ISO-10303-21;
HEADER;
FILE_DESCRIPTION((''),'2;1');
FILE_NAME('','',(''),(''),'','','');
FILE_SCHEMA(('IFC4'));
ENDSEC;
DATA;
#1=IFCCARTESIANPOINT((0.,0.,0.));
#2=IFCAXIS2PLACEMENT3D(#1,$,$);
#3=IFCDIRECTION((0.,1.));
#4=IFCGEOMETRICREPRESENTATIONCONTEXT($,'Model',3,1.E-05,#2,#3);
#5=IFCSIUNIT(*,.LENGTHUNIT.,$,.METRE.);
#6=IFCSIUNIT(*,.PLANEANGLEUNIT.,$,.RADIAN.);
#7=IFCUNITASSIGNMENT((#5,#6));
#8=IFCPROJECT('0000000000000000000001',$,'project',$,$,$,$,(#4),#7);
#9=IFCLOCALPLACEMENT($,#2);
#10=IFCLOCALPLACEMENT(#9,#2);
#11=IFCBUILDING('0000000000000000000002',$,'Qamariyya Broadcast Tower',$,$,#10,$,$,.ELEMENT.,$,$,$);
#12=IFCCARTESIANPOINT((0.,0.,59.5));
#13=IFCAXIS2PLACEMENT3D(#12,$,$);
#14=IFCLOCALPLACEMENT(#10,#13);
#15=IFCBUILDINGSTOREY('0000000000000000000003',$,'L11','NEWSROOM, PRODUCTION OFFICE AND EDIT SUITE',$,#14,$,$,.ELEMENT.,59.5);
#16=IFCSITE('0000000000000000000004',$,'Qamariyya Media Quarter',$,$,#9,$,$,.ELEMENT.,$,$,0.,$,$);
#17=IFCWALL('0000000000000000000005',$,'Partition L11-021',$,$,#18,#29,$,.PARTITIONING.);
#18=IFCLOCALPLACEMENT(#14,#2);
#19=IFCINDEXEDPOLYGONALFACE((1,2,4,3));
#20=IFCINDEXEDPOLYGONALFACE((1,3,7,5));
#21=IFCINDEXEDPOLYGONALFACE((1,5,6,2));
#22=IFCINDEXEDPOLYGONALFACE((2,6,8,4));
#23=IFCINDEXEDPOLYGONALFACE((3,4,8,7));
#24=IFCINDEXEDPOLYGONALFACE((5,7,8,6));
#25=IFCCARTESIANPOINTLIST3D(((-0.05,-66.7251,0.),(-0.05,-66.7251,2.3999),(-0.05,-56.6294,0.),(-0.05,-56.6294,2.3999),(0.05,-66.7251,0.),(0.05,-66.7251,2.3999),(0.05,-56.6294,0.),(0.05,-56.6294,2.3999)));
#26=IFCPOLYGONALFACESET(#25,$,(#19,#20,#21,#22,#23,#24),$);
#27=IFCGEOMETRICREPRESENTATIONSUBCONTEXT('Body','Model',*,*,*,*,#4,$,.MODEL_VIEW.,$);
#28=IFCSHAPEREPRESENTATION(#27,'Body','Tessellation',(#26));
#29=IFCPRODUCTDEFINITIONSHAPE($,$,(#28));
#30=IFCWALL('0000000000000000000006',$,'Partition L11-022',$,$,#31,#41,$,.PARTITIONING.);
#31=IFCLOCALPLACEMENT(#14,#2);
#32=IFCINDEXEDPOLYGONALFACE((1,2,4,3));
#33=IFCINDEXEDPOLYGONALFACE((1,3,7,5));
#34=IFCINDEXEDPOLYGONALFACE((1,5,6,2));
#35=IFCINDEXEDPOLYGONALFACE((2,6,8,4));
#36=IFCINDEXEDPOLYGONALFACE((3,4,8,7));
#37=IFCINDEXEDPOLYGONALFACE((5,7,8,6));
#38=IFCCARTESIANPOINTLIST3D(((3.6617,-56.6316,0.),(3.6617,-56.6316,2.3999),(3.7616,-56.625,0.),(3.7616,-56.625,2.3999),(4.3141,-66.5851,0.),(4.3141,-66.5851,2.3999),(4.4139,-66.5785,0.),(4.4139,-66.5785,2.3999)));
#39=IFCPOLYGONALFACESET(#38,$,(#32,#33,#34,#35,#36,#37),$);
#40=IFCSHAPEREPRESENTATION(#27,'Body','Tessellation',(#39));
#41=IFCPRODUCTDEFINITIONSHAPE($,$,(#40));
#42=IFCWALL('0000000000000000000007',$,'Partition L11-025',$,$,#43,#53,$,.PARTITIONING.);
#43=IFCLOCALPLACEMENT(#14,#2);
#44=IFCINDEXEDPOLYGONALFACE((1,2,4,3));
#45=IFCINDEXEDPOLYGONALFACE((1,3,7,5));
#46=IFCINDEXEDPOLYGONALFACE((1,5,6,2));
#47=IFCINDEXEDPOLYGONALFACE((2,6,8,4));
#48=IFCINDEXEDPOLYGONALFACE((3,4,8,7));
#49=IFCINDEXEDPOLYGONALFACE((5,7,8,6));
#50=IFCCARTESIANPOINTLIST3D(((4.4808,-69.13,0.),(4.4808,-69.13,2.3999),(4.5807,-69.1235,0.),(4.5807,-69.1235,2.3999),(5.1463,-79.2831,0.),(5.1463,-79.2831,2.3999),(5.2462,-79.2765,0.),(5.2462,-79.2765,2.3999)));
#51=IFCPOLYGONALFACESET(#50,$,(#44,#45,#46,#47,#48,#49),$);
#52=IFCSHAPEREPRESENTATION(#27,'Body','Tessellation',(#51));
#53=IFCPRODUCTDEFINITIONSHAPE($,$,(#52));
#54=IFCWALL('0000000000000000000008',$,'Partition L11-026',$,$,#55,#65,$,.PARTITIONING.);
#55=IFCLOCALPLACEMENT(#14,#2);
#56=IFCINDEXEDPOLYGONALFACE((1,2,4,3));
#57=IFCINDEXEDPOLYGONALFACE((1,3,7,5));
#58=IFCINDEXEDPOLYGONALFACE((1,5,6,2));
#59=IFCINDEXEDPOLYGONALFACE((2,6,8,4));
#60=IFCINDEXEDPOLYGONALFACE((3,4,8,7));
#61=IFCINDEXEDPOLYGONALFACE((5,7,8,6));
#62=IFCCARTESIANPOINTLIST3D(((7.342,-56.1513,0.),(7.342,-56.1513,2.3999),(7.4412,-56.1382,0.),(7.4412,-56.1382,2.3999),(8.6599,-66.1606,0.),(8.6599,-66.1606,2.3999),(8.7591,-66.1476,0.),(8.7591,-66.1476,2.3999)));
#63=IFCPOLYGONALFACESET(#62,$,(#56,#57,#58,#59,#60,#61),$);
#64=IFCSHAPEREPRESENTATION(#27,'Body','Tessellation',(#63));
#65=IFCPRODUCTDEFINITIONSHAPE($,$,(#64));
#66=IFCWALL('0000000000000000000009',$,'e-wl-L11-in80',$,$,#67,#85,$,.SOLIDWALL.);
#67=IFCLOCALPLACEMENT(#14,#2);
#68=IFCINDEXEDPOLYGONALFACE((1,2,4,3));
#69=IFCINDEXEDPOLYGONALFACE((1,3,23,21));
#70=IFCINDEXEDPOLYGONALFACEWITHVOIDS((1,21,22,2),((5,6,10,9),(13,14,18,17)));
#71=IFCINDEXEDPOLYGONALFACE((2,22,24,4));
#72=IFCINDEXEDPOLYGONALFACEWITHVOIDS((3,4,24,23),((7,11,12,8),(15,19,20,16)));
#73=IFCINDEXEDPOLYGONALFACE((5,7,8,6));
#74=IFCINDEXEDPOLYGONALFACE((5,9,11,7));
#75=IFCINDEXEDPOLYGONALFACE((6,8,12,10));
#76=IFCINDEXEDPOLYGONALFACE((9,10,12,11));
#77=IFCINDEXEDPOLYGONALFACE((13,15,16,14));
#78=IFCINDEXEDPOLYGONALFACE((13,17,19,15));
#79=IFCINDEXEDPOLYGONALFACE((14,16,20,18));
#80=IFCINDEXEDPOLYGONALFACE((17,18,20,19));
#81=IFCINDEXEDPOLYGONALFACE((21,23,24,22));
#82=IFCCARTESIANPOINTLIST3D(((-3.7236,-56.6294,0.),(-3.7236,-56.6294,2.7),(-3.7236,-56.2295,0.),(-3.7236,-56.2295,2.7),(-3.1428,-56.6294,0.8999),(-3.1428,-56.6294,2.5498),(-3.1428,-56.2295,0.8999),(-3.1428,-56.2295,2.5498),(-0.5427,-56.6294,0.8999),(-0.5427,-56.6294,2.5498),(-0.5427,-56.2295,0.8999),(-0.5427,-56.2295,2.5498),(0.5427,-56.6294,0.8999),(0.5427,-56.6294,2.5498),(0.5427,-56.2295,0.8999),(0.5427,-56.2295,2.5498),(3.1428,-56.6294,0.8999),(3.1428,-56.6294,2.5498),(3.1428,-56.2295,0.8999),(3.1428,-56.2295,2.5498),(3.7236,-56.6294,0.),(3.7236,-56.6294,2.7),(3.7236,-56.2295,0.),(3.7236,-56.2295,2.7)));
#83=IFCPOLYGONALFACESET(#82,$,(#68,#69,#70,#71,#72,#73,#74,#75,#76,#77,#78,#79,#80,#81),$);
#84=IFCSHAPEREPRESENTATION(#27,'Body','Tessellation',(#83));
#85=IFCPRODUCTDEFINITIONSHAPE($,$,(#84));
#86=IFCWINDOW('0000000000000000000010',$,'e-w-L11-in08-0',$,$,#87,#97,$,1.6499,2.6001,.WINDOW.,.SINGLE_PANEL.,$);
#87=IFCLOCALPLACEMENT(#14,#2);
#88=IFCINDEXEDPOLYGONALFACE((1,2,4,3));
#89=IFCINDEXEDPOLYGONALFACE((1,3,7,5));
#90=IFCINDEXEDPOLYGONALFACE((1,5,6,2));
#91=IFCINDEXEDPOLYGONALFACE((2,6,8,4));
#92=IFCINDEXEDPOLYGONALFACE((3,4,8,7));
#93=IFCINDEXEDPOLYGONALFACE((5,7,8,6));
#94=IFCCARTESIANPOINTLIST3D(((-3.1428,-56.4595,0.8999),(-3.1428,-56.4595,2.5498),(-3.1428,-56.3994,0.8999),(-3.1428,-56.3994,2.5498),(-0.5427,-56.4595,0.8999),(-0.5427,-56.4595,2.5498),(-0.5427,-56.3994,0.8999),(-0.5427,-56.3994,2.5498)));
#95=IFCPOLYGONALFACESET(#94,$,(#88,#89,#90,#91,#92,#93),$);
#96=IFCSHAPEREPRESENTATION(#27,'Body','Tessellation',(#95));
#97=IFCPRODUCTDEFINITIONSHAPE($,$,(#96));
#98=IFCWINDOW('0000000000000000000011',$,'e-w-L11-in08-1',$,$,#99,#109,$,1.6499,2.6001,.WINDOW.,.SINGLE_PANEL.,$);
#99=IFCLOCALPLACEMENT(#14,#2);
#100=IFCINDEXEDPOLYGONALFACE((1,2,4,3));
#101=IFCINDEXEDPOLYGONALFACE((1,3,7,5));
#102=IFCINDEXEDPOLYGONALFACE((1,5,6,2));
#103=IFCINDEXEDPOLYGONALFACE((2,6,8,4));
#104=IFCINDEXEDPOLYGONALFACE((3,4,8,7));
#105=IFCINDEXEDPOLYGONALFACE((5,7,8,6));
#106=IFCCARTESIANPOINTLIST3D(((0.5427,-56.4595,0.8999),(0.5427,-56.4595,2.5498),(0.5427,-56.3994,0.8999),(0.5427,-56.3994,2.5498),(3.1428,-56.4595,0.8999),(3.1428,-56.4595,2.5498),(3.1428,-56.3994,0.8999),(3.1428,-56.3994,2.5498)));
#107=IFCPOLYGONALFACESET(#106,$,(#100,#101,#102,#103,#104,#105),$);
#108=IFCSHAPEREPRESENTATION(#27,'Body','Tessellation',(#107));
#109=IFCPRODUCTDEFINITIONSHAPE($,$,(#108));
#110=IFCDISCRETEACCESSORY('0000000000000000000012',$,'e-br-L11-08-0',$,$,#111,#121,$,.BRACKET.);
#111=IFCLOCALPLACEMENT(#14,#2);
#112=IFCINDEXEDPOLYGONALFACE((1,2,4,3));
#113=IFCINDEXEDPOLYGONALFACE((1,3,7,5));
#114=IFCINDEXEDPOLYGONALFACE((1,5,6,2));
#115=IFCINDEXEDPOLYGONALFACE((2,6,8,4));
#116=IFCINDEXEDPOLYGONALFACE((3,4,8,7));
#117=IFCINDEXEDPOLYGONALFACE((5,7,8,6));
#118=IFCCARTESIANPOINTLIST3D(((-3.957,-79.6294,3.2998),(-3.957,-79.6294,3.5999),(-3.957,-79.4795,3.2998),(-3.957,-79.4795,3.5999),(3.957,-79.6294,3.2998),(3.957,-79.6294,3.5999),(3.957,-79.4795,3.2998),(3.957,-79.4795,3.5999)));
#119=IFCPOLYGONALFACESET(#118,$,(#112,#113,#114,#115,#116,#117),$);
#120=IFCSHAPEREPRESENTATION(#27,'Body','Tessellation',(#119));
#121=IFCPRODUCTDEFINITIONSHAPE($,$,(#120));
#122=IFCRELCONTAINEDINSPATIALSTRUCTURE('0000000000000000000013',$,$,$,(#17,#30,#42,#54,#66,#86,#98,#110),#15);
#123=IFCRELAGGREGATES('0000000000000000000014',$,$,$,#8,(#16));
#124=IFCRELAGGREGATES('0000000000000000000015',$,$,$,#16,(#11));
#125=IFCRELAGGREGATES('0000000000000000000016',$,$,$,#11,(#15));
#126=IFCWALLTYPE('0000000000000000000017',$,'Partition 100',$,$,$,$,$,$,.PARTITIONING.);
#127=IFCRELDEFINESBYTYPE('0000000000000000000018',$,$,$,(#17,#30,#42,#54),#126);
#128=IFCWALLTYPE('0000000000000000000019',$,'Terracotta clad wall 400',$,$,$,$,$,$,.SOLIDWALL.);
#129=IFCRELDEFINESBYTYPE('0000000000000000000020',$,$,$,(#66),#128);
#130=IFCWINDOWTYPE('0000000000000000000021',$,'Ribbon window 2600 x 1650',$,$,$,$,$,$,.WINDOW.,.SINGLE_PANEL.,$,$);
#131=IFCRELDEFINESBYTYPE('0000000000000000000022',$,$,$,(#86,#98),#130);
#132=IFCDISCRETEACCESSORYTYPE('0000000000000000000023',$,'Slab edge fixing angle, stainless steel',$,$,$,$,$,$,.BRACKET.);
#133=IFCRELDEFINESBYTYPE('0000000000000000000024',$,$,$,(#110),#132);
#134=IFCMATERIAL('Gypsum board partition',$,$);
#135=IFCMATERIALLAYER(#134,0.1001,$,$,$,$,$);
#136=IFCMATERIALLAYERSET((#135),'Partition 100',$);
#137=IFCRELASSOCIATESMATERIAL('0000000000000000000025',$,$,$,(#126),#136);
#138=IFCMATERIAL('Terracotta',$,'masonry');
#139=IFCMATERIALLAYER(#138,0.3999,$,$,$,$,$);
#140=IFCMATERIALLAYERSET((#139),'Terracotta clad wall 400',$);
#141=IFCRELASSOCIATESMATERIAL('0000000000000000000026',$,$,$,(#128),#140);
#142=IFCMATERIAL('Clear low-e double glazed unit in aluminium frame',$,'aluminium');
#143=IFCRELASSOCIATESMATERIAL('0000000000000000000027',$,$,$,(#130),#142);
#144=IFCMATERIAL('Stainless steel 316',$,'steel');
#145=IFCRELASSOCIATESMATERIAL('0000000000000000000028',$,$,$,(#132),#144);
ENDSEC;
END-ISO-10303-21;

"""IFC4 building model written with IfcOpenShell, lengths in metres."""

from ifc_helpers import new_model, si_unit, direction, frame, frame_2d, origin, origin_2d, place, context, subcontext, project, spatial, rectangle, extrude, material, layer, layer_set, type_object, element, fill, save


model = new_model("IFC4")

# Units and contexts
model_context = context("Model", 3, precision=1e-05, world=origin(), true_north=direction((0.0, 1.0)))
body_context = subcontext(model_context, "Body", "Model", "MODEL_VIEW")
ifc_project = project(units=[si_unit("LENGTHUNIT", "METRE"), si_unit("PLANEANGLEUNIT", "RADIAN")], contexts=[model_context])

# Site, building, storey
site_placement = place(None, origin())
site = spatial("IfcSite", under=ifc_project, at=site_placement, Name="Qamariyya Media Quarter", CompositionType="ELEMENT", RefElevation=0.0)
building_placement = place(site_placement, origin())
building = spatial("IfcBuilding", under=site, at=building_placement, Name="Qamariyya Broadcast Tower", CompositionType="ELEMENT")
storey_placement = place(building_placement, frame((0.0, 0.0, 59.5)))
storey = spatial("IfcBuildingStorey", under=building, at=storey_placement, Name="L11", Description="NEWSROOM, PRODUCTION OFFICE AND EDIT SUITE", CompositionType="ELEMENT", Elevation=59.5)

# Shared definitions
ifc_material_1 = material(Name="Gypsum board partition")

# Walls
ifc_layer_1 = layer(ifc_material_1, 0.1001)
ifc_layer_set_1 = layer_set([ifc_layer_1], Name="Partition 100")
wall_type_1 = type_object("IfcWallType", Name="Partition 100", PredefinedType="PARTITIONING", material=ifc_layer_set_1)
wall_1_placement = place(storey_placement, frame((0.0, -56.6294, 0.0), z_axis=(0.0, 0.0, 1.0), x_axis=(0.0, -1.0, 0.0)))
element("IfcWall", 1, at=wall_1_placement, inside=storey, type_object=wall_type_1, Name="Partition L11-021", PredefinedType="PARTITIONING", context=body_context, shape_type="SweptSolid", body=[
    extrude(rectangle(XDim=10.0957, YDim=0.1001, at=frame_2d((5.0479, 0.0))), origin(), (0.0, 0.0, 1.0), 2.3999),
])
wall_2_placement = place(storey_placement, frame((3.7117, -56.6284, 0.0), z_axis=(0.0, 0.0, 1.0), x_axis=(0.065398, -0.997859, 0.0)))
element("IfcWall", 2, at=wall_2_placement, inside=storey, type_object=wall_type_1, Name="Partition L11-022", PredefinedType="PARTITIONING", context=body_context, shape_type="SweptSolid", body=[
    extrude(rectangle(XDim=9.9749, YDim=0.1001, at=frame_2d((4.9873, 0.0))), origin(), (0.0, 0.0, 1.0), 2.3999),
])
wall_3_placement = place(storey_placement, frame((5.1963, -79.2798, 0.0), z_axis=(0.0, 0.0, 1.0), x_axis=(-0.065409, 0.997859, 0.0)))
element("IfcWall", 3, at=wall_3_placement, inside=storey, type_object=wall_type_1, Name="Partition L11-025", PredefinedType="PARTITIONING", context=body_context, shape_type="SweptSolid", body=[
    extrude(rectangle(XDim=10.1748, YDim=0.1001, at=frame_2d((5.0874, 0.0))), origin(), (0.0, 0.0, 1.0), 2.3999),
])
wall_4_placement = place(storey_placement, frame((7.3916, -56.1448, 0.0), z_axis=(0.0, 0.0, 1.0), x_axis=(0.130538, -0.991443, 0.0)))
element("IfcWall", 4, at=wall_4_placement, inside=storey, type_object=wall_type_1, Name="Partition L11-026", PredefinedType="PARTITIONING", context=body_context, shape_type="SweptSolid", body=[
    extrude(rectangle(XDim=10.0957, YDim=0.1001, at=frame_2d((5.0479, 0.0))), origin(), (0.0, 0.0, 1.0), 2.3999),
])

# Wall, openings, windows
ifc_material_2 = material(Name="Terracotta", Category="masonry")
ifc_layer_2 = layer(ifc_material_2, 0.3999)
ifc_layer_set_2 = layer_set([ifc_layer_2], Name="Terracotta clad wall 400")
wall_type_2 = type_object("IfcWallType", Name="Terracotta clad wall 400", PredefinedType="SOLIDWALL", material=ifc_layer_set_2)
wall_5_placement = place(storey_placement, frame((3.7236, -56.4294, 0.0), z_axis=(0.0, 0.0, 1.0), x_axis=(-1.0, 0.0, 0.0)))
wall_5 = element("IfcWall", 5, at=wall_5_placement, inside=storey, type_object=wall_type_2, Name="e-wl-L11-in80", PredefinedType="SOLIDWALL", context=body_context, shape_type="SweptSolid", body=[
    extrude(rectangle(XDim=7.4473, YDim=0.3999, at=frame_2d((3.7236, 0.0))), origin(), (0.0, 0.0, 1.0), 2.7),
])
opening_1_placement = place(wall_5_placement, frame((4.2664, 0.0, 0.8999)))
opening_1 = element("IfcOpeningElement", 6, at=opening_1_placement, cuts=wall_5, PredefinedType="OPENING", context=body_context, shape_type="SweptSolid", body=[
    extrude(rectangle(XDim=2.6001, YDim=1.6499, at=frame_2d((1.3, 0.825))), frame((0.0, 0.21, 0.0), z_axis=(0.0, -1.0, 0.0), x_axis=(1.0, 0.0, 0.0)), (0.0, 0.0, 1.0), 0.4199),
])
opening_2_placement = place(wall_5_placement, frame((0.5808, 0.0, 0.8999)))
opening_2 = element("IfcOpeningElement", 7, at=opening_2_placement, cuts=wall_5, PredefinedType="OPENING", context=body_context, shape_type="SweptSolid", body=[
    extrude(rectangle(XDim=2.6001, YDim=1.6499, at=frame_2d((1.3, 0.825))), frame((0.0, 0.21, 0.0), z_axis=(0.0, -1.0, 0.0), x_axis=(1.0, 0.0, 0.0)), (0.0, 0.0, 1.0), 0.4199),
])
ifc_material_3 = material(Name="Clear low-e double glazed unit in aluminium frame", Category="aluminium")
window_type = type_object("IfcWindowType", Name="Ribbon window 2600 x 1650", PartitioningType="SINGLE_PANEL", PredefinedType="WINDOW", material=ifc_material_3)
window_1_placement = place(opening_1_placement, origin())
window_1 = element("IfcWindow", 8, at=window_1_placement, inside=storey, type_object=window_type, Name="e-w-L11-in08-0", OverallHeight=1.6499, OverallWidth=2.6001, PartitioningType="SINGLE_PANEL", PredefinedType="WINDOW", context=body_context, shape_type="SweptSolid", body=[
    extrude(rectangle(XDim=2.6001, YDim=1.6499, at=frame_2d((1.3, 0.825))), frame((0.0, 0.03, 0.0), z_axis=(0.0, -1.0, 0.0), x_axis=(1.0, 0.0, 0.0)), (0.0, 0.0, 1.0), 0.0601),
])
fill(opening_1, window_1)
window_2_placement = place(opening_2_placement, origin())
window_2 = element("IfcWindow", 9, at=window_2_placement, inside=storey, type_object=window_type, Name="e-w-L11-in08-1", OverallHeight=1.6499, OverallWidth=2.6001, PartitioningType="SINGLE_PANEL", PredefinedType="WINDOW", context=body_context, shape_type="SweptSolid", body=[
    extrude(rectangle(XDim=2.6001, YDim=1.6499, at=frame_2d((1.3, 0.825))), frame((0.0, 0.03, 0.0), z_axis=(0.0, -1.0, 0.0), x_axis=(1.0, 0.0, 0.0)), (0.0, 0.0, 1.0), 0.0601),
])
fill(opening_2, window_2)

# Discrete accessory
ifc_material_4 = material(Name="Stainless steel 316", Category="steel")
discrete_accessory_type = type_object("IfcDiscreteAccessoryType", Name="Slab edge fixing angle, stainless steel", PredefinedType="BRACKET", material=ifc_material_4)
discrete_accessory_placement = place(storey_placement, frame((0.0, -79.5544, 3.2998), z_axis=(0.0, 0.0, 1.0), x_axis=(1.0, 0.0, 0.0)))
element("IfcDiscreteAccessory", 10, at=discrete_accessory_placement, inside=storey, type_object=discrete_accessory_type, Name="e-br-L11-08-0", PredefinedType="BRACKET", context=body_context, shape_type="SweptSolid", body=[
    extrude(rectangle(XDim=7.9141, YDim=0.1499, at=origin_2d()), origin(), (0.0, 0.0, 1.0), 0.3),
])

save(model, "model.ifc")
